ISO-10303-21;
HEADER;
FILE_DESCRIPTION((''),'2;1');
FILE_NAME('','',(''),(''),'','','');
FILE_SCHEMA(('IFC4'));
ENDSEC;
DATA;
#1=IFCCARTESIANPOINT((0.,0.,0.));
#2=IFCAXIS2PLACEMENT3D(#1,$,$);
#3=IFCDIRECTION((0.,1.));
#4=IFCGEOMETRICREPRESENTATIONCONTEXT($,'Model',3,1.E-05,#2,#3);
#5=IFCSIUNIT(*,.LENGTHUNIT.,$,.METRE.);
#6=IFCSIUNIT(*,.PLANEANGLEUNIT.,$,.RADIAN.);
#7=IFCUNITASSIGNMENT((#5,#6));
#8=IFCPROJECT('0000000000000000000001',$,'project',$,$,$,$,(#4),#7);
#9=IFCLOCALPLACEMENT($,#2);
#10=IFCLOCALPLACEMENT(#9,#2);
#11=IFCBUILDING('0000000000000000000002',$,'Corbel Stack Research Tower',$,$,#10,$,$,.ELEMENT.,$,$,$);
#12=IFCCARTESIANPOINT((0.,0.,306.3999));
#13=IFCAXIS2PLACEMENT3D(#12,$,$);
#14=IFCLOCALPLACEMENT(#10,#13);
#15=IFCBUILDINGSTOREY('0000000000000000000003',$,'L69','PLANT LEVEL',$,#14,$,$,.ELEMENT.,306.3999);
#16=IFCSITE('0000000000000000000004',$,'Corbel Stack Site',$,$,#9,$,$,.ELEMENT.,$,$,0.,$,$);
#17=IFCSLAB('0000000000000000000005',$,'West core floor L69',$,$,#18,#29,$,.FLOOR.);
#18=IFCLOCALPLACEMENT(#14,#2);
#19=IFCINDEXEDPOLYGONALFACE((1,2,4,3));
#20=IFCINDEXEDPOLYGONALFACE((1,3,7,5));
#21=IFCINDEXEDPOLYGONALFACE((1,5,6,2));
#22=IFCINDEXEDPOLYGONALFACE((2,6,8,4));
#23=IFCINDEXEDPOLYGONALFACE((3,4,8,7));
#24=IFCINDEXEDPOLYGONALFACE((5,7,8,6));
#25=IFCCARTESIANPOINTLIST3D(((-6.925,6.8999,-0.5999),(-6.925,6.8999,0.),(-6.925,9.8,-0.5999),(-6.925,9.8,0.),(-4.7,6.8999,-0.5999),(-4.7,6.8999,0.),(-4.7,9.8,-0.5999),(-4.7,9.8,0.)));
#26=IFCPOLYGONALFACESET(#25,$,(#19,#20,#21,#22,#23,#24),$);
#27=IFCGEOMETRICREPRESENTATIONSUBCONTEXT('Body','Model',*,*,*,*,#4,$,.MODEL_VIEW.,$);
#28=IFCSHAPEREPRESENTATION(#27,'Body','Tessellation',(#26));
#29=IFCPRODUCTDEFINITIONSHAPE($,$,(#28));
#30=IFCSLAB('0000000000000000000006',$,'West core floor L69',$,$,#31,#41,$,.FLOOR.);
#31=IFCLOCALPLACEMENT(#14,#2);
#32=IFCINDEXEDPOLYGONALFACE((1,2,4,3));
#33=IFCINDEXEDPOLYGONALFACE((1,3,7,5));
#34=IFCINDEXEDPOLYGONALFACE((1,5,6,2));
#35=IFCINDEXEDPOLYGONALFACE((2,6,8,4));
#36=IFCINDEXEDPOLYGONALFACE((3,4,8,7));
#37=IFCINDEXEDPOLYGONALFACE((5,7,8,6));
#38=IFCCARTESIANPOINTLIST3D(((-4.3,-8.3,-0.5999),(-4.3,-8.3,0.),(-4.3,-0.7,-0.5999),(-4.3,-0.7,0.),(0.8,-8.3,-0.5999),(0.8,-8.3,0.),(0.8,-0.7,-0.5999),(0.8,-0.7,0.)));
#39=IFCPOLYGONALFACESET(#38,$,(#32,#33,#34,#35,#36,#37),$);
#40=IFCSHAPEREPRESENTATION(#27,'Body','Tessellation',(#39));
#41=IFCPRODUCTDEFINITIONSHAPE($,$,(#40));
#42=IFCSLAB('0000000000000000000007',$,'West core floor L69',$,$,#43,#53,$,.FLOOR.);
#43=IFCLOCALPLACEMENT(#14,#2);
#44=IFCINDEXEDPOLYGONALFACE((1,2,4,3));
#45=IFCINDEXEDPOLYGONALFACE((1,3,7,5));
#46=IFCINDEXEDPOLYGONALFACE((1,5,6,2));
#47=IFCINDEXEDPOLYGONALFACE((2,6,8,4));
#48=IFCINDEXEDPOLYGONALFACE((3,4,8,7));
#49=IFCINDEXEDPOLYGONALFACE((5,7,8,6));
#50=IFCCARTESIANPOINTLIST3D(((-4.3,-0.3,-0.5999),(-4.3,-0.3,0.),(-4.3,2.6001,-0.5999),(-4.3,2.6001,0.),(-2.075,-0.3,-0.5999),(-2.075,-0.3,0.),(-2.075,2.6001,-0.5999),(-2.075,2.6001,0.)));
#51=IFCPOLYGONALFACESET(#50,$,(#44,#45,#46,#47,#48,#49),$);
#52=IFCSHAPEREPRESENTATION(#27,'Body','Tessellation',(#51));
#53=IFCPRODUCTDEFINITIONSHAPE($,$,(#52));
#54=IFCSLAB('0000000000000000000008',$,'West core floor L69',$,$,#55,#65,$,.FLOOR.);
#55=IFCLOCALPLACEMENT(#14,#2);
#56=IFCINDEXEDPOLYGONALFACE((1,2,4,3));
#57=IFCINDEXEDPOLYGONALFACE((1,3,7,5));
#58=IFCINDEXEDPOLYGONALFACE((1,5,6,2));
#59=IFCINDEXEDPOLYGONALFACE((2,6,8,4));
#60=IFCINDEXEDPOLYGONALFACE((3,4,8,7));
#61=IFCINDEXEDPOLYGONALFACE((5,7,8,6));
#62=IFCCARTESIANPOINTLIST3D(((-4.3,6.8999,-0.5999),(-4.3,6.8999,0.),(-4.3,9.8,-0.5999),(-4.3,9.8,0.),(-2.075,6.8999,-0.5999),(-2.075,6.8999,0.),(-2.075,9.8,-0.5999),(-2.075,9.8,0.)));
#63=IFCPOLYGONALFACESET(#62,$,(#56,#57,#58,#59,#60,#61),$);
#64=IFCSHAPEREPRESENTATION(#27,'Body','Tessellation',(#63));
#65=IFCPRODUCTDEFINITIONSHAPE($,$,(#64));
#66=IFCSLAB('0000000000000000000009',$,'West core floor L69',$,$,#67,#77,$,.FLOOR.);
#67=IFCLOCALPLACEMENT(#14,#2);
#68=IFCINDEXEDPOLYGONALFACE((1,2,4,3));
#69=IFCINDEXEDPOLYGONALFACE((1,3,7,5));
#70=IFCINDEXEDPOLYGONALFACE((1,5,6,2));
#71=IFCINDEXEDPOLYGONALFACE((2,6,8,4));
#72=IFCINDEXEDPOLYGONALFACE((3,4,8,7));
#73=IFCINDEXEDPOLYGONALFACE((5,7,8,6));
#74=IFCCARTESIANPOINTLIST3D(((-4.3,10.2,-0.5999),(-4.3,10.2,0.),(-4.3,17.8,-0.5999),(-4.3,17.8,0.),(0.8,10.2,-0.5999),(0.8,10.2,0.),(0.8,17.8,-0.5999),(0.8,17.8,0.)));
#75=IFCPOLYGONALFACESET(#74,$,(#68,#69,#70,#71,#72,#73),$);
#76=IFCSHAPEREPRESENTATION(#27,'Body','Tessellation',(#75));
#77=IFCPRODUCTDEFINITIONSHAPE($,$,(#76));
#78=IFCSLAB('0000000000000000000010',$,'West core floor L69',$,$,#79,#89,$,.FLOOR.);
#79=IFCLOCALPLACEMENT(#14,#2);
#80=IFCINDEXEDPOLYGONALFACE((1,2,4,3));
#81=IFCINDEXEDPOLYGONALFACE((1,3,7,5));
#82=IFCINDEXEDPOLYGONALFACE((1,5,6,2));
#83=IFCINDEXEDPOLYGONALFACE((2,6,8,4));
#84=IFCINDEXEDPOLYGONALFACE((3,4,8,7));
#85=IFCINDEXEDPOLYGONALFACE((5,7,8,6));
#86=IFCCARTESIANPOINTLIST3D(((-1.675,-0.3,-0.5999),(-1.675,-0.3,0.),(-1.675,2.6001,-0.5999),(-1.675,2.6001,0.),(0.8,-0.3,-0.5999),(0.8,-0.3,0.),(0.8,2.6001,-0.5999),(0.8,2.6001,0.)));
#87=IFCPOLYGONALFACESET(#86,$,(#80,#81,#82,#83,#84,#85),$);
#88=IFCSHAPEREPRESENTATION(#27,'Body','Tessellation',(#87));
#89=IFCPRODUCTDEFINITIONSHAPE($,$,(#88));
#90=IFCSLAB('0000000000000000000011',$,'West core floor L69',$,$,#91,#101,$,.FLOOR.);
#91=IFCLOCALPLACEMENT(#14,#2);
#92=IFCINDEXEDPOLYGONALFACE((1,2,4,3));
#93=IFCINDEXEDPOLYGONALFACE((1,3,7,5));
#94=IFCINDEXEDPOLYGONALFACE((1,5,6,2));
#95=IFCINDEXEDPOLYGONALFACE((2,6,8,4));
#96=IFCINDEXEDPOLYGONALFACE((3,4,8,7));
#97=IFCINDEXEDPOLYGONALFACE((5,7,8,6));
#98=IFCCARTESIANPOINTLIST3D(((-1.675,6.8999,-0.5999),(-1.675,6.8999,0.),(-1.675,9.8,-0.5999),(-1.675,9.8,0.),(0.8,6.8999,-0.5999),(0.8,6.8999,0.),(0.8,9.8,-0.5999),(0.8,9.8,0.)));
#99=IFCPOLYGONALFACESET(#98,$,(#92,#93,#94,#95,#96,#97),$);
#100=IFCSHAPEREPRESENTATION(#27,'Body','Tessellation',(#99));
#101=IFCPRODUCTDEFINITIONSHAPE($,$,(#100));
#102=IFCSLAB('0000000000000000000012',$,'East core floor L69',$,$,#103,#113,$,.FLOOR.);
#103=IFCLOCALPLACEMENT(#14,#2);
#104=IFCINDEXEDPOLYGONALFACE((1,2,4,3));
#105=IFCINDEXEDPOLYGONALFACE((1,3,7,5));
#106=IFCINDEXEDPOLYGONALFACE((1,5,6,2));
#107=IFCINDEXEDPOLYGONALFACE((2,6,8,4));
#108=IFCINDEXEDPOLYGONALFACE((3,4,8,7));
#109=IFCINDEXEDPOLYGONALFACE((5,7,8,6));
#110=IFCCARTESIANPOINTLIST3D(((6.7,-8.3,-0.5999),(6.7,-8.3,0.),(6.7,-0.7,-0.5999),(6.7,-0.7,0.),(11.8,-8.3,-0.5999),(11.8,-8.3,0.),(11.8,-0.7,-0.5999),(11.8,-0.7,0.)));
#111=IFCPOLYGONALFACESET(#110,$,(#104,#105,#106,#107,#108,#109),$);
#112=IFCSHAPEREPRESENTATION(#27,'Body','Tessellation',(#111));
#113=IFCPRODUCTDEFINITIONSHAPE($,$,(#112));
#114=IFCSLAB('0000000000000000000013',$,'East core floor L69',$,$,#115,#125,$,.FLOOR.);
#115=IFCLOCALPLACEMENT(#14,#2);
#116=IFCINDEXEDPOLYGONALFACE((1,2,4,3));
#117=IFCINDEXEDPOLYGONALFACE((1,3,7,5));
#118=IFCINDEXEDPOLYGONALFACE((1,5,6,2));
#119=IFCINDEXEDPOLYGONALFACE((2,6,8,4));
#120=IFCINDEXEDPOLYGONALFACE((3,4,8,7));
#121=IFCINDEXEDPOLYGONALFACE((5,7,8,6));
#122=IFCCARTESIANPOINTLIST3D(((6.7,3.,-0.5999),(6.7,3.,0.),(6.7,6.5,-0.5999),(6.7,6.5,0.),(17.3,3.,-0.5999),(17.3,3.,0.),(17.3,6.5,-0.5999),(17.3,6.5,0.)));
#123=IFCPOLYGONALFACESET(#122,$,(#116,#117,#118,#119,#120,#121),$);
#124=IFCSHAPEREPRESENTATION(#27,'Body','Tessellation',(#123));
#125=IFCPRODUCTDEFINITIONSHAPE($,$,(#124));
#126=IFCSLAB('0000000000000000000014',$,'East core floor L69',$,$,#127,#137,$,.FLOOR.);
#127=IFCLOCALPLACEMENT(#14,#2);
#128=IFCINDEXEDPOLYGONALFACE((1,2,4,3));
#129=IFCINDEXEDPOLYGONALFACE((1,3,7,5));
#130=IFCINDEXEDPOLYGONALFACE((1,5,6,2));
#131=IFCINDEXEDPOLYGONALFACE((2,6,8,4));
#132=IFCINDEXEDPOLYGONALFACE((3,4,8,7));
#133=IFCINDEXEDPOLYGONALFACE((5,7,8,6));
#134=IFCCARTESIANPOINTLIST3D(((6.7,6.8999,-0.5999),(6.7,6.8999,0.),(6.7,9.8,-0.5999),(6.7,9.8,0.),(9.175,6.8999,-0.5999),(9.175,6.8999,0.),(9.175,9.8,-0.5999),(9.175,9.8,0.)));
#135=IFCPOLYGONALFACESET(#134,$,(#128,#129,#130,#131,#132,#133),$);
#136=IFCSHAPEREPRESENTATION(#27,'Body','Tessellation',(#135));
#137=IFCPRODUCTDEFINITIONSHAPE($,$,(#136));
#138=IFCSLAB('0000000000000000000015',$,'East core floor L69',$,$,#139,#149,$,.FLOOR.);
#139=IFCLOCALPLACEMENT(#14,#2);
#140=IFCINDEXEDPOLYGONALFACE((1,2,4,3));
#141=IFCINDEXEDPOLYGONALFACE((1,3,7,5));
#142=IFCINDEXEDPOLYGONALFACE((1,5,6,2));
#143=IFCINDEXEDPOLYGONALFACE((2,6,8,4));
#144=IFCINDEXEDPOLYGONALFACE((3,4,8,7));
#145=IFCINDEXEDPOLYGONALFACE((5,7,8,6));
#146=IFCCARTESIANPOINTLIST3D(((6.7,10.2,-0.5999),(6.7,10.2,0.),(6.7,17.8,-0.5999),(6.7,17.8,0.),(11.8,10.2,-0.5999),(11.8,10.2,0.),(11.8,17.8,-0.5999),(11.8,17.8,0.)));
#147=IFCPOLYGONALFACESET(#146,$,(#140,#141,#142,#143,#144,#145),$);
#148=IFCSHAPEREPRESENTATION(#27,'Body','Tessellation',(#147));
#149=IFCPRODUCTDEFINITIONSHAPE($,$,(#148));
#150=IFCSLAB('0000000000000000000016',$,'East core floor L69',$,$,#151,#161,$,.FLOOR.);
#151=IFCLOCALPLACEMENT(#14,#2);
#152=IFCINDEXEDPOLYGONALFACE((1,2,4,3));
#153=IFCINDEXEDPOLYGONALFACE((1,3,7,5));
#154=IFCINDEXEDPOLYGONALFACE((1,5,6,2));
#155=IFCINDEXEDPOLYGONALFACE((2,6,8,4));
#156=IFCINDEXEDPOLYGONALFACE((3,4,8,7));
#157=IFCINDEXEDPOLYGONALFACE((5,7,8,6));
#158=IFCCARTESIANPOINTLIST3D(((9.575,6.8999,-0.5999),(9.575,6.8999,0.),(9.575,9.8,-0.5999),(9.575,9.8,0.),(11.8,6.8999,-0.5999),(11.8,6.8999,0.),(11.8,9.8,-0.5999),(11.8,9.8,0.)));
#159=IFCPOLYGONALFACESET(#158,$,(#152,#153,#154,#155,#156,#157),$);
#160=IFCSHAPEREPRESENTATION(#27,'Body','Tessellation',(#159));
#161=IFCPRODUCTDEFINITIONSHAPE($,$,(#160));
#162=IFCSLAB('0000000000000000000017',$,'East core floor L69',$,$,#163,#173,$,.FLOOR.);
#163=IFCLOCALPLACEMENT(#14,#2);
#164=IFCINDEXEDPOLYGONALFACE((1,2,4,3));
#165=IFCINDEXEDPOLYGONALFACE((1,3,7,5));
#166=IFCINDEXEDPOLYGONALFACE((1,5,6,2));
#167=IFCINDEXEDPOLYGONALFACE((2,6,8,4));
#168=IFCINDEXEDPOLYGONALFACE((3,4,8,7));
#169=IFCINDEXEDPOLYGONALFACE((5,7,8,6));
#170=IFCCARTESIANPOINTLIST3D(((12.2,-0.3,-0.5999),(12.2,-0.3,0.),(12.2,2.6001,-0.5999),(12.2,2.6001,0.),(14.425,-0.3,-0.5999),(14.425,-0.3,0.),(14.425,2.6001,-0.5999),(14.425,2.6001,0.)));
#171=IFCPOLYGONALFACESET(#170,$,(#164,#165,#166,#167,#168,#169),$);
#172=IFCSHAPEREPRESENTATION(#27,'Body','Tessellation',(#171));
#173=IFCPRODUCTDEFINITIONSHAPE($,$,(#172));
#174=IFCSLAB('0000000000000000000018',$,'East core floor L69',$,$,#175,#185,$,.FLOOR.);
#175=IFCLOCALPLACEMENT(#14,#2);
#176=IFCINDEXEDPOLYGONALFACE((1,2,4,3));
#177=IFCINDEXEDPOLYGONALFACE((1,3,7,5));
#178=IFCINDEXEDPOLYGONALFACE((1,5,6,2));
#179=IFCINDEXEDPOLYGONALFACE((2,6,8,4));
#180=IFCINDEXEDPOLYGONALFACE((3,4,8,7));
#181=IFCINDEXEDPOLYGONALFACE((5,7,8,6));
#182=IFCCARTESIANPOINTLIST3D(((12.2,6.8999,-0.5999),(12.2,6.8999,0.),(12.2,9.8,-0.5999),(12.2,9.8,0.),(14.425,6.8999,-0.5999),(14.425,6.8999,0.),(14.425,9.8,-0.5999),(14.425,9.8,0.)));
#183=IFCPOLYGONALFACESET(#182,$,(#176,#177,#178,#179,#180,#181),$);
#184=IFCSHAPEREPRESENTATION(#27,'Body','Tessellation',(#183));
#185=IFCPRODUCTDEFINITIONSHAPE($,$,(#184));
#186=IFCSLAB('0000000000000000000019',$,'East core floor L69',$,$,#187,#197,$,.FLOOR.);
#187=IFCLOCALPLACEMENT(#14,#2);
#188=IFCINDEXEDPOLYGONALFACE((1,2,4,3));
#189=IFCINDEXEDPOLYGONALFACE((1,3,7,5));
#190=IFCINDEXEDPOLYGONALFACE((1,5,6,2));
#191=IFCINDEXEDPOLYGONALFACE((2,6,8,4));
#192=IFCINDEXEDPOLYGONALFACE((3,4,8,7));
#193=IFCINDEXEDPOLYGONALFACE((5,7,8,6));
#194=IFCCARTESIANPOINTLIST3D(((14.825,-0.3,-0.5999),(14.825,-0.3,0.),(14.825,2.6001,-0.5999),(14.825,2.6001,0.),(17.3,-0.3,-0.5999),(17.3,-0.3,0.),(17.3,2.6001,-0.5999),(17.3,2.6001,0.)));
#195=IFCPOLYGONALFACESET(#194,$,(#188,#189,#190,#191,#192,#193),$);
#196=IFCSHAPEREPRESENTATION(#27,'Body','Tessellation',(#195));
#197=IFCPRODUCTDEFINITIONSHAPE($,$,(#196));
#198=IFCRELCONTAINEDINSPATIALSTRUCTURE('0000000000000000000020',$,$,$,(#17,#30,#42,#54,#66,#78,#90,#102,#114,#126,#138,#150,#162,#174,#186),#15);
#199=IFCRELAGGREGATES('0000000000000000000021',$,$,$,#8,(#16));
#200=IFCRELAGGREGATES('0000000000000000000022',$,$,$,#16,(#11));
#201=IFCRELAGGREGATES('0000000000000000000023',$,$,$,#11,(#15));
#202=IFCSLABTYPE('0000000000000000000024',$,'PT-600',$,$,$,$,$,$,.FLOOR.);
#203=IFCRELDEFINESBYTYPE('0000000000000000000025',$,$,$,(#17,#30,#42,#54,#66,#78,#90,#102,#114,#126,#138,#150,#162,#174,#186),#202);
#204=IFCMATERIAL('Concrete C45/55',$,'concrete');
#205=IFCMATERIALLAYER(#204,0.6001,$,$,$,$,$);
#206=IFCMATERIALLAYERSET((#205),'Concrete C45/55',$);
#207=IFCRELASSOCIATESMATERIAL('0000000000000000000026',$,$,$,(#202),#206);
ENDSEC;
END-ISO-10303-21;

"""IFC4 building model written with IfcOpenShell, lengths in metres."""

from ifc_helpers import new_model, si_unit, direction, frame, origin, place, context, subcontext, project, spatial, polyline, outline, extrude, material, layer, layer_set, type_object, element, save


model = new_model("IFC4")

# Units and contexts
model_context = context("Model", 3, precision=1e-05, world=origin(), true_north=direction((0.0, 1.0)))
body_context = subcontext(model_context, "Body", "Model", "MODEL_VIEW")
ifc_project = project(units=[si_unit("LENGTHUNIT", "METRE"), si_unit("PLANEANGLEUNIT", "RADIAN")], contexts=[model_context])

# Site, building, storey
site_placement = place(None, origin())
site = spatial("IfcSite", under=ifc_project, at=site_placement, Name="Corbel Stack Site", CompositionType="ELEMENT", RefElevation=0.0)
building_placement = place(site_placement, origin())
building = spatial("IfcBuilding", under=site, at=building_placement, Name="Corbel Stack Research Tower", CompositionType="ELEMENT")
storey_placement = place(building_placement, frame((0.0, 0.0, 306.3999)))
storey = spatial("IfcBuildingStorey", under=building, at=storey_placement, Name="L69", Description="PLANT LEVEL", CompositionType="ELEMENT", Elevation=306.3999)

# Slabs
ifc_material_1 = material(Name="Concrete C45/55", Category="concrete")
ifc_layer_1 = layer(ifc_material_1, 0.6001)
ifc_layer_set_1 = layer_set([ifc_layer_1], Name="Concrete C45/55")
slab_type_1 = type_object("IfcSlabType", Name="PT-600", PredefinedType="FLOOR", material=ifc_layer_set_1)
slab_1_placement = place(storey_placement, frame((0.0, 0.0, -0.5999)))
element("IfcSlab", 1, at=slab_1_placement, inside=storey, type_object=slab_type_1, Name="West core floor L69", PredefinedType="FLOOR", context=body_context, shape_type="SweptSolid", body=[
    extrude(outline(polyline([(-6.925, 6.8999), (-4.7, 6.8999), (-4.7, 9.8), (-6.925, 9.8), (-6.925, 6.8999)])), origin(), (0.0, 0.0, 1.0), 0.5999),
])
slab_2_placement = place(storey_placement, frame((0.0, 0.0, -0.5999)))
element("IfcSlab", 2, at=slab_2_placement, inside=storey, type_object=slab_type_1, Name="West core floor L69", PredefinedType="FLOOR", context=body_context, shape_type="SweptSolid", body=[
    extrude(outline(polyline([(-4.3, -0.7), (-4.3, -8.3), (0.8, -8.3), (0.8, -0.7), (-4.3, -0.7)])), origin(), (0.0, 0.0, 1.0), 0.5999),
])
slab_3_placement = place(storey_placement, frame((0.0, 0.0, -0.5999)))
element("IfcSlab", 3, at=slab_3_placement, inside=storey, type_object=slab_type_1, Name="West core floor L69", PredefinedType="FLOOR", context=body_context, shape_type="SweptSolid", body=[
    extrude(outline(polyline([(-4.3, 2.6001), (-4.3, -0.3), (-2.075, -0.3), (-2.075, 2.6001), (-4.3, 2.6001)])), origin(), (0.0, 0.0, 1.0), 0.5999),
])
slab_4_placement = place(storey_placement, frame((0.0, 0.0, -0.5999)))
element("IfcSlab", 4, at=slab_4_placement, inside=storey, type_object=slab_type_1, Name="West core floor L69", PredefinedType="FLOOR", context=body_context, shape_type="SweptSolid", body=[
    extrude(outline(polyline([(-2.075, 6.8999), (-2.075, 9.8), (-4.3, 9.8), (-4.3, 6.8999), (-2.075, 6.8999)])), origin(), (0.0, 0.0, 1.0), 0.5999),
])
slab_5_placement = place(storey_placement, frame((0.0, 0.0, -0.5999)))
element("IfcSlab", 5, at=slab_5_placement, inside=storey, type_object=slab_type_1, Name="West core floor L69", PredefinedType="FLOOR", context=body_context, shape_type="SweptSolid", body=[
    extrude(outline(polyline([(-4.3, 17.8), (-4.3, 10.2), (0.8, 10.2), (0.8, 17.8), (-4.3, 17.8)])), origin(), (0.0, 0.0, 1.0), 0.5999),
])
slab_6_placement = place(storey_placement, frame((0.0, 0.0, -0.5999)))
element("IfcSlab", 6, at=slab_6_placement, inside=storey, type_object=slab_type_1, Name="West core floor L69", PredefinedType="FLOOR", context=body_context, shape_type="SweptSolid", body=[
    extrude(outline(polyline([(-1.675, 2.6001), (-1.675, -0.3), (0.8, -0.3), (0.8, 2.6001), (-1.675, 2.6001)])), origin(), (0.0, 0.0, 1.0), 0.5999),
])
slab_7_placement = place(storey_placement, frame((0.0, 0.0, -0.5999)))
element("IfcSlab", 7, at=slab_7_placement, inside=storey, type_object=slab_type_1, Name="West core floor L69", PredefinedType="FLOOR", context=body_context, shape_type="SweptSolid", body=[
    extrude(outline(polyline([(0.8, 6.8999), (0.8, 9.8), (-1.675, 9.8), (-1.675, 6.8999), (0.8, 6.8999)])), origin(), (0.0, 0.0, 1.0), 0.5999),
])
slab_8_placement = place(storey_placement, frame((0.0, 0.0, -0.5999)))
element("IfcSlab", 8, at=slab_8_placement, inside=storey, type_object=slab_type_1, Name="East core floor L69", PredefinedType="FLOOR", context=body_context, shape_type="SweptSolid", body=[
    extrude(outline(polyline([(6.7, -8.3), (11.8, -8.3), (11.8, -0.7), (6.7, -0.7), (6.7, -8.3)])), origin(), (0.0, 0.0, 1.0), 0.5999),
])
slab_9_placement = place(storey_placement, frame((0.0, 0.0, -0.5999)))
element("IfcSlab", 9, at=slab_9_placement, inside=storey, type_object=slab_type_1, Name="East core floor L69", PredefinedType="FLOOR", context=body_context, shape_type="SweptSolid", body=[
    extrude(outline(polyline([(6.7, 3.0), (17.3, 3.0), (17.3, 6.5), (6.7, 6.5), (6.7, 3.0)])), origin(), (0.0, 0.0, 1.0), 0.5999),
])
slab_10_placement = place(storey_placement, frame((0.0, 0.0, -0.5999)))
element("IfcSlab", 10, at=slab_10_placement, inside=storey, type_object=slab_type_1, Name="East core floor L69", PredefinedType="FLOOR", context=body_context, shape_type="SweptSolid", body=[
    extrude(outline(polyline([(6.7, 6.8999), (9.175, 6.8999), (9.175, 9.8), (6.7, 9.8), (6.7, 6.8999)])), origin(), (0.0, 0.0, 1.0), 0.5999),
])
slab_11_placement = place(storey_placement, frame((0.0, 0.0, -0.5999)))
element("IfcSlab", 11, at=slab_11_placement, inside=storey, type_object=slab_type_1, Name="East core floor L69", PredefinedType="FLOOR", context=body_context, shape_type="SweptSolid", body=[
    extrude(outline(polyline([(6.7, 10.2), (11.8, 10.2), (11.8, 17.8), (6.7, 17.8), (6.7, 10.2)])), origin(), (0.0, 0.0, 1.0), 0.5999),
])
slab_12_placement = place(storey_placement, frame((0.0, 0.0, -0.5999)))
element("IfcSlab", 12, at=slab_12_placement, inside=storey, type_object=slab_type_1, Name="East core floor L69", PredefinedType="FLOOR", context=body_context, shape_type="SweptSolid", body=[
    extrude(outline(polyline([(9.575, 6.8999), (11.8, 6.8999), (11.8, 9.8), (9.575, 9.8), (9.575, 6.8999)])), origin(), (0.0, 0.0, 1.0), 0.5999),
])
slab_13_placement = place(storey_placement, frame((0.0, 0.0, -0.5999)))
element("IfcSlab", 13, at=slab_13_placement, inside=storey, type_object=slab_type_1, Name="East core floor L69", PredefinedType="FLOOR", context=body_context, shape_type="SweptSolid", body=[
    extrude(outline(polyline([(12.2, 2.6001), (12.2, -0.3), (14.425, -0.3), (14.425, 2.6001), (12.2, 2.6001)])), origin(), (0.0, 0.0, 1.0), 0.5999),
])
slab_14_placement = place(storey_placement, frame((0.0, 0.0, -0.5999)))
element("IfcSlab", 14, at=slab_14_placement, inside=storey, type_object=slab_type_1, Name="East core floor L69", PredefinedType="FLOOR", context=body_context, shape_type="SweptSolid", body=[
    extrude(outline(polyline([(14.425, 6.8999), (14.425, 9.8), (12.2, 9.8), (12.2, 6.8999), (14.425, 6.8999)])), origin(), (0.0, 0.0, 1.0), 0.5999),
])
slab_15_placement = place(storey_placement, frame((0.0, 0.0, -0.5999)))
element("IfcSlab", 15, at=slab_15_placement, inside=storey, type_object=slab_type_1, Name="East core floor L69", PredefinedType="FLOOR", context=body_context, shape_type="SweptSolid", body=[
    extrude(outline(polyline([(14.825, 2.6001), (14.825, -0.3), (17.3, -0.3), (17.3, 2.6001), (14.825, 2.6001)])), origin(), (0.0, 0.0, 1.0), 0.5999),
])

save(model, "model.ifc")
